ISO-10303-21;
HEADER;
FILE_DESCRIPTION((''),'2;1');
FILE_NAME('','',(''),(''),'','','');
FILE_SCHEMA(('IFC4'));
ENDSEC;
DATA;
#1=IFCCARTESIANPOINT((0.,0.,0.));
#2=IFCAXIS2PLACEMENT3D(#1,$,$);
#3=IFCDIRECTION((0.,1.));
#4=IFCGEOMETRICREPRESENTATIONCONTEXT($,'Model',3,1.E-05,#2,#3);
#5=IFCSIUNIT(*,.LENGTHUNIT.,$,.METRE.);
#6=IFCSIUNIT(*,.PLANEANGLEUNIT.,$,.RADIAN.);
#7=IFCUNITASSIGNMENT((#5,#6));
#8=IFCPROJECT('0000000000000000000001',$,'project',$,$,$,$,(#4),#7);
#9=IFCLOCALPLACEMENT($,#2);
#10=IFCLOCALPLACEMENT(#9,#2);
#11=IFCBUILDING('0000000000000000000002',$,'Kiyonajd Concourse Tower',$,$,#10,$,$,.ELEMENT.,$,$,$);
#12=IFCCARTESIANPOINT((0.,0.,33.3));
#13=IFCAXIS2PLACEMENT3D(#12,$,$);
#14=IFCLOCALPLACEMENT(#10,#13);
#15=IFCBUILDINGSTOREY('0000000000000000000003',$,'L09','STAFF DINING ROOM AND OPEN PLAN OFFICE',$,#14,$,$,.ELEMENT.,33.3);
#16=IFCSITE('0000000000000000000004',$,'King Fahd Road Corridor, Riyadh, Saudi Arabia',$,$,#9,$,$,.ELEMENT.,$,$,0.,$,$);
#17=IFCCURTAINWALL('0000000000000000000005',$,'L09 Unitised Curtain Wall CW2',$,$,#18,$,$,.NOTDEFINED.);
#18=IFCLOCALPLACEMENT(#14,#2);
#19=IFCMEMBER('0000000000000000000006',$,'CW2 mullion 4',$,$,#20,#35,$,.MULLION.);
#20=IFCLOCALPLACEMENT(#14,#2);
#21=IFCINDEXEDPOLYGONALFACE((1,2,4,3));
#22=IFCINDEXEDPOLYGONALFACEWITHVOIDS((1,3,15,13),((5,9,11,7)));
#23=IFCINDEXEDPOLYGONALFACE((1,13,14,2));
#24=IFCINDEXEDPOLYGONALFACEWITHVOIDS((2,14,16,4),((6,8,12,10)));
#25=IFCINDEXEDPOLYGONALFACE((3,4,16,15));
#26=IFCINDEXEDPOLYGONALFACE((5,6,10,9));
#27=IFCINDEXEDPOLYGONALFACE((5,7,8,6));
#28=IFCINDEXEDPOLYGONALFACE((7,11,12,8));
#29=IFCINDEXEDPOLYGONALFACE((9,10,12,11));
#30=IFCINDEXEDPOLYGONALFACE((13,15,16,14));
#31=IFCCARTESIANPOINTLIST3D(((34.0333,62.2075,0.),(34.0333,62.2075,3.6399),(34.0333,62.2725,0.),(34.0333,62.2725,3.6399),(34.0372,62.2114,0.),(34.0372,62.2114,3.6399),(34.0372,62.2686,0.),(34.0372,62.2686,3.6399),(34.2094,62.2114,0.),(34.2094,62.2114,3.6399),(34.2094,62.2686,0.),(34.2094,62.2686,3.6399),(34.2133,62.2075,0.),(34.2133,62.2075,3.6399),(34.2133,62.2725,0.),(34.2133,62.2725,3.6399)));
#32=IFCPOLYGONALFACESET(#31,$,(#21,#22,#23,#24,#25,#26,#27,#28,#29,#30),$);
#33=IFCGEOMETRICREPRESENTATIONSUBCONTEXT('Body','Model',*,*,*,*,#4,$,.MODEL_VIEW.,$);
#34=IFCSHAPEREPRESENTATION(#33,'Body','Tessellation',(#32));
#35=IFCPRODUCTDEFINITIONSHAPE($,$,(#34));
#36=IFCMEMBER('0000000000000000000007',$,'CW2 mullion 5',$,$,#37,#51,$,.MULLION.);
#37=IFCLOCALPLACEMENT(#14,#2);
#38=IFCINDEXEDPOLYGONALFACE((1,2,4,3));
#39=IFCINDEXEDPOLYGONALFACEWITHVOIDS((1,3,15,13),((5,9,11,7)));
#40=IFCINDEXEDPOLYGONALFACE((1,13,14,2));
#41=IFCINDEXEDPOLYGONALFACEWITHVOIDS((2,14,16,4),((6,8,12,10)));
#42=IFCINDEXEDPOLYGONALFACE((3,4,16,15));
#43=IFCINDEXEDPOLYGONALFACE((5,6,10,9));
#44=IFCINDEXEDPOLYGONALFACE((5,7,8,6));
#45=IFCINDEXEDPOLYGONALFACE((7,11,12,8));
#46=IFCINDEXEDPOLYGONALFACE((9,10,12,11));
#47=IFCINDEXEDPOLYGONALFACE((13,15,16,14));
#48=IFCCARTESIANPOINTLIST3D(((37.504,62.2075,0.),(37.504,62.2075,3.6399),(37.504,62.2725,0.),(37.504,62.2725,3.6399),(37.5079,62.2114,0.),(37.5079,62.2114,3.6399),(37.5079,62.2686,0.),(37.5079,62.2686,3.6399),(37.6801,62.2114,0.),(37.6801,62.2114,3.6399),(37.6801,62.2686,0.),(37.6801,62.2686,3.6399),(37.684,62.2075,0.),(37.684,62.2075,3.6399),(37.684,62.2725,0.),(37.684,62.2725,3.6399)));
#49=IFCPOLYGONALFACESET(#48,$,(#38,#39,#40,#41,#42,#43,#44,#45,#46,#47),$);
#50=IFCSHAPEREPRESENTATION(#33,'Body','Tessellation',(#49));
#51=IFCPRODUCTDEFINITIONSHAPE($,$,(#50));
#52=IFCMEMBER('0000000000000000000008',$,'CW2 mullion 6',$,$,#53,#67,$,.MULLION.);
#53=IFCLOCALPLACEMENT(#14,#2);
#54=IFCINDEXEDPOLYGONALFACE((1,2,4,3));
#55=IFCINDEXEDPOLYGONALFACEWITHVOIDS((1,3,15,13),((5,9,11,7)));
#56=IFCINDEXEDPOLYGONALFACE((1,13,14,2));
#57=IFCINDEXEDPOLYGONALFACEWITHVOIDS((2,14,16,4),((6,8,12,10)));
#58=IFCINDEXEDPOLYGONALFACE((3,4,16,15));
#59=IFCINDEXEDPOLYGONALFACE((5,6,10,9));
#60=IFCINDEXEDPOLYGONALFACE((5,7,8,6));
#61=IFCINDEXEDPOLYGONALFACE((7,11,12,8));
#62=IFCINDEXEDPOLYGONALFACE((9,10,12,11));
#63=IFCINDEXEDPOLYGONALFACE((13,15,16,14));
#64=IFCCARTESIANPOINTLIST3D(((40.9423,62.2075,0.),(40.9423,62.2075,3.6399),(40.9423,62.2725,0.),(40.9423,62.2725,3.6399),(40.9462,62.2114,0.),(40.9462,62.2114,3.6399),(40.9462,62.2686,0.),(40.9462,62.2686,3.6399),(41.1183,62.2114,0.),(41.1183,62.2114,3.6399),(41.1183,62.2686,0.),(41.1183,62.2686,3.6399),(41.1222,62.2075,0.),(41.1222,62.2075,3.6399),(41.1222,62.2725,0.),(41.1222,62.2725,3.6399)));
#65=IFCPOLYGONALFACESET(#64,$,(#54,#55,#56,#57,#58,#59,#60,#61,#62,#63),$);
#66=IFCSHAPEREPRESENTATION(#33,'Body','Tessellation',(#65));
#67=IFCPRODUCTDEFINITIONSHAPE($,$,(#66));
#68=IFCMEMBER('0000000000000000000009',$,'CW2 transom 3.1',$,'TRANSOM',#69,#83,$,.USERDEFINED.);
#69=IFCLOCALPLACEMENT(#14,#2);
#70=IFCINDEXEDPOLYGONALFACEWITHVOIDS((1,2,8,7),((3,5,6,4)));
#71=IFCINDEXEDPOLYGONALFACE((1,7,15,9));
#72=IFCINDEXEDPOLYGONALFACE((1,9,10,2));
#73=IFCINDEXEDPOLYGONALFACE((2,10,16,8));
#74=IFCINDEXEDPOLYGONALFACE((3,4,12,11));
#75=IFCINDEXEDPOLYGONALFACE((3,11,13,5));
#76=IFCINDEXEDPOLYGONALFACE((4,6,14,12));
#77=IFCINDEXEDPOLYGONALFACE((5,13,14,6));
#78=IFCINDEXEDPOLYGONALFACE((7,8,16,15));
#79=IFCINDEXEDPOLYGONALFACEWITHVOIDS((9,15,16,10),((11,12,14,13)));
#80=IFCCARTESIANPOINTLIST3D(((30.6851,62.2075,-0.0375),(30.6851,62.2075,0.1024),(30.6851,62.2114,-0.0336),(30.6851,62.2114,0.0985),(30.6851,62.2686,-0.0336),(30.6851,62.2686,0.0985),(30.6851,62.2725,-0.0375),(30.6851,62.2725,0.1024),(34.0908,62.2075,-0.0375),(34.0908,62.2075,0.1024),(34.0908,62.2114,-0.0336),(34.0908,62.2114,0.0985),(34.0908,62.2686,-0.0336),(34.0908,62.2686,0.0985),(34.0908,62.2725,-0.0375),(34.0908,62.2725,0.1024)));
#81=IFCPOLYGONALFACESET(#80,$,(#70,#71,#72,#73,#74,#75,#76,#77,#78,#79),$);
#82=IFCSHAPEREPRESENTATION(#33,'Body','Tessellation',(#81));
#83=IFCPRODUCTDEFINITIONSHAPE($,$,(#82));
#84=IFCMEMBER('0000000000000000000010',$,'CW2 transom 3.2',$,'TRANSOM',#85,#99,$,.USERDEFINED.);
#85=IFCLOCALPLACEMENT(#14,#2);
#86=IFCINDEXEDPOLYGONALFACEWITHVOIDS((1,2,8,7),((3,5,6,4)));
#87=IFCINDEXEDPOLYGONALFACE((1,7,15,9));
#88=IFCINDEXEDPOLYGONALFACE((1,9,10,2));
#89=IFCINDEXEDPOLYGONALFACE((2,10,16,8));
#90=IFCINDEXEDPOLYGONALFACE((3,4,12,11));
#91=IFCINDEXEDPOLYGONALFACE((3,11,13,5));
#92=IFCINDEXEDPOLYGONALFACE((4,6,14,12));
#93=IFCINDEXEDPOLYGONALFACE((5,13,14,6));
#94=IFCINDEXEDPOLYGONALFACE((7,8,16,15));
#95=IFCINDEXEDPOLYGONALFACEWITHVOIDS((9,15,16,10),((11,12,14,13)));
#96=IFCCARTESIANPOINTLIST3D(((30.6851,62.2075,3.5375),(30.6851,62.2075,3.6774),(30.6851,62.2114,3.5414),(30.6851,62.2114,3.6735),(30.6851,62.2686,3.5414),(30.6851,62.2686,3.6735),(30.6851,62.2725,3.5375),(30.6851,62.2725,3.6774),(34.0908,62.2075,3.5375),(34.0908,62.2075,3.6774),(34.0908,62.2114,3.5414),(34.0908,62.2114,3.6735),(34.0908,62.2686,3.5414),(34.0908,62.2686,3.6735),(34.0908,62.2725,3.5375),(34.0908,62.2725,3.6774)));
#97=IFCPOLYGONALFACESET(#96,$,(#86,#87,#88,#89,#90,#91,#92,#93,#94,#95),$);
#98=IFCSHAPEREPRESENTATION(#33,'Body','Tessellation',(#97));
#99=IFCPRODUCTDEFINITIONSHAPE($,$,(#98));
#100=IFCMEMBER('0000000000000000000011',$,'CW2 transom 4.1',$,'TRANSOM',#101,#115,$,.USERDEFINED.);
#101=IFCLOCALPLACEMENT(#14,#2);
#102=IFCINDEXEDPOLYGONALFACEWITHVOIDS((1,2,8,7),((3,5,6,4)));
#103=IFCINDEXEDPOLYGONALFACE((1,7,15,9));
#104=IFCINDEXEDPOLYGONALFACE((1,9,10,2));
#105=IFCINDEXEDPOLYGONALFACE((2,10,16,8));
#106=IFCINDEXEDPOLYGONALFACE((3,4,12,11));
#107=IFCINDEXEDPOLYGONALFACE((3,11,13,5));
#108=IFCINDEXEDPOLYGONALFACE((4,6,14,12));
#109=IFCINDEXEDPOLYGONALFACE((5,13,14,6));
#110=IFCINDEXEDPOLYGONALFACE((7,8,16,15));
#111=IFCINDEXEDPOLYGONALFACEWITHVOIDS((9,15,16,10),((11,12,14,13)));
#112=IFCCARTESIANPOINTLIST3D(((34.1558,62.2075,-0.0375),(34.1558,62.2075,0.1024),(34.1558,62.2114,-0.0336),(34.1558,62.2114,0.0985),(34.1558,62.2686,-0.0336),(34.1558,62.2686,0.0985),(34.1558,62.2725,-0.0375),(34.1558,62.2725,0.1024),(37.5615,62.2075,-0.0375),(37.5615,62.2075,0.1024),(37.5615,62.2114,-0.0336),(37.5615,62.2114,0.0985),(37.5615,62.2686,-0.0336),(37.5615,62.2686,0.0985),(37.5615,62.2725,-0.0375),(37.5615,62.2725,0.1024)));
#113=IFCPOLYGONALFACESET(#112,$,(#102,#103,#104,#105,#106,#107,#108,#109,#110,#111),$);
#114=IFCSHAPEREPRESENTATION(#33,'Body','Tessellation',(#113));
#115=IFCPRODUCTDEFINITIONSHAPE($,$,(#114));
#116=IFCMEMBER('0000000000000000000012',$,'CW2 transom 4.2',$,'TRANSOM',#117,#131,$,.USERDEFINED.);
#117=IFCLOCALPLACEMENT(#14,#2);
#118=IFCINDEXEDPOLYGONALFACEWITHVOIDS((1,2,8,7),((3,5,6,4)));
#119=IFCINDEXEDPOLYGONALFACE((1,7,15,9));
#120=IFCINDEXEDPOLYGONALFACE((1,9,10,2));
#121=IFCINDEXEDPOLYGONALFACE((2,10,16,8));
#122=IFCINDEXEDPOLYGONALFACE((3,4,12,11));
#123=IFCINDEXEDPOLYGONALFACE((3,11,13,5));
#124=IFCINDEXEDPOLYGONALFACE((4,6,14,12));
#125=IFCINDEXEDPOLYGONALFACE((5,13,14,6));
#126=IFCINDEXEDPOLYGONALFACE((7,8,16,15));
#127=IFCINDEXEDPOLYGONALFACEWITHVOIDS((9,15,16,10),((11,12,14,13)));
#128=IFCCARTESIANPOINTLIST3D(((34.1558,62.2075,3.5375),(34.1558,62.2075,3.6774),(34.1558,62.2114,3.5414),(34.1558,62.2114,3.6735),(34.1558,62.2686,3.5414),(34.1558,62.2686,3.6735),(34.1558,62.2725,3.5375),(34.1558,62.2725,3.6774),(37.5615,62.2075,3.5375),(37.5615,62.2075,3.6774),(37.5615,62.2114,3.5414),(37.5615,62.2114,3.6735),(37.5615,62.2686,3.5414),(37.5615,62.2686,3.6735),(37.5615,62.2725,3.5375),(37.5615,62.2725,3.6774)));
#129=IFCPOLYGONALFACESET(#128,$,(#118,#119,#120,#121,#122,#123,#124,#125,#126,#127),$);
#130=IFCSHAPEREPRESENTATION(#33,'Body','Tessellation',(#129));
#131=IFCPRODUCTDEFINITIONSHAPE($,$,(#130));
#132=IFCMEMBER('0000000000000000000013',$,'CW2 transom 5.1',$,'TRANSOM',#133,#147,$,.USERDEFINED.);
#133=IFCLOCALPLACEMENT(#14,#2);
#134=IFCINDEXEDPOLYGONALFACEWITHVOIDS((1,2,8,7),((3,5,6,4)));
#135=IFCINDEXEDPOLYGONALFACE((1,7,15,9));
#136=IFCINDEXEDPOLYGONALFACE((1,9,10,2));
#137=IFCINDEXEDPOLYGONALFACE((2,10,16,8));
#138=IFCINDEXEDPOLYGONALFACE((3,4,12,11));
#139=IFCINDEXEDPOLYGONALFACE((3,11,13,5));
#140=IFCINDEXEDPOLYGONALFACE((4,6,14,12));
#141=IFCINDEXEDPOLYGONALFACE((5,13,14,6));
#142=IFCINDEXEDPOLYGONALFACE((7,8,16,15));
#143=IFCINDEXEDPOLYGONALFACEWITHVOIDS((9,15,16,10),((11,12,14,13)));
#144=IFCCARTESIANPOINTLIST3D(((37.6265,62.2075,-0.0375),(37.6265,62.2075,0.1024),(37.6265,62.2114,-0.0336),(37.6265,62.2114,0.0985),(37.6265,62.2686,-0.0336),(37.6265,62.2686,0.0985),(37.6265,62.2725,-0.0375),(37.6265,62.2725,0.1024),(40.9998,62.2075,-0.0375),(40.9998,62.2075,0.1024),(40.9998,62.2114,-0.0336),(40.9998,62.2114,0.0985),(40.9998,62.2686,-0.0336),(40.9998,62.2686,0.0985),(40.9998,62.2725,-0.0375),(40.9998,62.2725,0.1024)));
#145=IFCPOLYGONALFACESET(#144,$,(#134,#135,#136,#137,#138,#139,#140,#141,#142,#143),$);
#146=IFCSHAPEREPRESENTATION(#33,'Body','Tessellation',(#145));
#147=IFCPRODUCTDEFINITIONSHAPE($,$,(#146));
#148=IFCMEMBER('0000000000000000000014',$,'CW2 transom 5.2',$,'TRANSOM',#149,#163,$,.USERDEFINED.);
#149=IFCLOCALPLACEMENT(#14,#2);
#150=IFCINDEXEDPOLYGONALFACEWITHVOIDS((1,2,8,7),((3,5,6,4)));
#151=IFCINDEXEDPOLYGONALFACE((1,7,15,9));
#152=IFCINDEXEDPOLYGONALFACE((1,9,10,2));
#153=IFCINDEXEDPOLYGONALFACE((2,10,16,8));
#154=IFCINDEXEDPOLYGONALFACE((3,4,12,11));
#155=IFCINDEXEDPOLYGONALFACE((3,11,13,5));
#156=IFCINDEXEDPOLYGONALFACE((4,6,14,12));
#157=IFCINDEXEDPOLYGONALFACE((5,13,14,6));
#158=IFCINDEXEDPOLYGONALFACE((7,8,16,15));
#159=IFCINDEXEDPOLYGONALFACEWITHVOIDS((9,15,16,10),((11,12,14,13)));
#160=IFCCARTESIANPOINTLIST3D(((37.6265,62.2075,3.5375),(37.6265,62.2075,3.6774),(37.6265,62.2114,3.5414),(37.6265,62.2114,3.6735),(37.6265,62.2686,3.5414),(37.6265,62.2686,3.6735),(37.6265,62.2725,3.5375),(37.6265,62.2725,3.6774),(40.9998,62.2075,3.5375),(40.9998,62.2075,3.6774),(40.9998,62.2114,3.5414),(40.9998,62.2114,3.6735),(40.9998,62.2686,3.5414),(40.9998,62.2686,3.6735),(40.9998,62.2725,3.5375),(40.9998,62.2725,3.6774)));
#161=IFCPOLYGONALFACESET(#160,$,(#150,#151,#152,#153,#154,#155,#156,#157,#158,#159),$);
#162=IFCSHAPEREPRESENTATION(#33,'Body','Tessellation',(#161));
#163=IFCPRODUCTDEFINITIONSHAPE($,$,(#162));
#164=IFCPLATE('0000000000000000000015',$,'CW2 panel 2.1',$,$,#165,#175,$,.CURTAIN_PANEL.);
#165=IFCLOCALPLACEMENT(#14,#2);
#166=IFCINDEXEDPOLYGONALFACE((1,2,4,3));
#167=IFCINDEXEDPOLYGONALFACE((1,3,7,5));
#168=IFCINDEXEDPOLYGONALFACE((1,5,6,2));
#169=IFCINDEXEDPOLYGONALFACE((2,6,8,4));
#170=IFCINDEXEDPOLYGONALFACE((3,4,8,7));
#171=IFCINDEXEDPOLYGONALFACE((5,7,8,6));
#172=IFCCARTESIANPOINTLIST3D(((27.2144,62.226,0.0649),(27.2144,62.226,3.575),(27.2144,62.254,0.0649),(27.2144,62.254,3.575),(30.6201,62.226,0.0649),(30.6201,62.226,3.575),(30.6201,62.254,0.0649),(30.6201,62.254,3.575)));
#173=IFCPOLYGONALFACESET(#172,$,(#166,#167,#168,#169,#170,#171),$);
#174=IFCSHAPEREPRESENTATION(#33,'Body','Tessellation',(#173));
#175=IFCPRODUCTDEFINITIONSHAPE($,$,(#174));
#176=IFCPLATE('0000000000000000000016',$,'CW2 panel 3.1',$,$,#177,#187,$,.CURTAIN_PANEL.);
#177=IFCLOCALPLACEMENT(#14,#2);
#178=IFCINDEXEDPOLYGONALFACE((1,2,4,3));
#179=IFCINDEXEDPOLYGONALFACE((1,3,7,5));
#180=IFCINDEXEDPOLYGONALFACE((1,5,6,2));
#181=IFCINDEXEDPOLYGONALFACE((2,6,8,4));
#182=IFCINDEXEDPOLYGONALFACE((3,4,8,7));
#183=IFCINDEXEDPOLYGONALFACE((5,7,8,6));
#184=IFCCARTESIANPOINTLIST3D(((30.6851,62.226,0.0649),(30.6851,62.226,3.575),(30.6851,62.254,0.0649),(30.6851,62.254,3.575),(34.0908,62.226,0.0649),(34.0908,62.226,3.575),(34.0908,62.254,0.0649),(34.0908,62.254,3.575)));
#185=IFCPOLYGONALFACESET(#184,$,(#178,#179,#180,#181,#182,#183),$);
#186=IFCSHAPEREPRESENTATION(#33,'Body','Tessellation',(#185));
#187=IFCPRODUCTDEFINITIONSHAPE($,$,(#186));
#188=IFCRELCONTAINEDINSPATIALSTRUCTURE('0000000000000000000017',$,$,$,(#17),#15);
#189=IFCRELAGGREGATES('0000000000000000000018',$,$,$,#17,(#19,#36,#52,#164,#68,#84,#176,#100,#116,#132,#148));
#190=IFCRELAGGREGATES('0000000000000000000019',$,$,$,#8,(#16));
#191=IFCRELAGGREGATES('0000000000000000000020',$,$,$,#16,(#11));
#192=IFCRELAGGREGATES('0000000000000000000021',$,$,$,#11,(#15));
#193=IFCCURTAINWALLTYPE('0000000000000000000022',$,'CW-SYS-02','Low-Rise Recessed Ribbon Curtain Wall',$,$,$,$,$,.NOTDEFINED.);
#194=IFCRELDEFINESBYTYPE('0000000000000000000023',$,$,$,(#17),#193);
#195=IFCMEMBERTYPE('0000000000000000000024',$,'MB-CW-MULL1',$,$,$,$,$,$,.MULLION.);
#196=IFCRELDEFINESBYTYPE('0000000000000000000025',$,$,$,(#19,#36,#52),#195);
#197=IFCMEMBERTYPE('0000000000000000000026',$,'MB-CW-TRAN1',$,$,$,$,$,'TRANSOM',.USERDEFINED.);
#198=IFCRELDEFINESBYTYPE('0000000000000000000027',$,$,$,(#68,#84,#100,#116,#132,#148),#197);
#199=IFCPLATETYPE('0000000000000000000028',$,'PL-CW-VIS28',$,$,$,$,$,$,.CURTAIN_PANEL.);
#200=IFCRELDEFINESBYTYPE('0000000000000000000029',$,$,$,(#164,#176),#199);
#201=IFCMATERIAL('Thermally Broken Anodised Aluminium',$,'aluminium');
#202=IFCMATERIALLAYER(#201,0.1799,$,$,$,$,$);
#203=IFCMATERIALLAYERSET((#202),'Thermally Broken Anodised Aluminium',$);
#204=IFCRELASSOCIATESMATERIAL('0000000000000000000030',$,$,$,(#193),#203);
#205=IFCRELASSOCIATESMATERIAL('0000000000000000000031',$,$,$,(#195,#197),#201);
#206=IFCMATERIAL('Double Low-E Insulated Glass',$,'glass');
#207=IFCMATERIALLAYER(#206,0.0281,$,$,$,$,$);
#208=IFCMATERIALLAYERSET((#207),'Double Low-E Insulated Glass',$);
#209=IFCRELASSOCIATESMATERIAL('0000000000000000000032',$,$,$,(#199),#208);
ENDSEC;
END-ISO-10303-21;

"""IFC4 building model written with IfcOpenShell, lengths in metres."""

from ifc_helpers import new_model, si_unit, direction, frame, origin, origin_2d, place, context, subcontext, project, spatial, rectangle, hollow_rectangle, extrude, material, layer, layer_set, material_profile, profile_set, type_object, element, aggregate, save


model = new_model("IFC4")

# Units and contexts
model_context = context("Model", 3, precision=1e-05, world=origin(), true_north=direction((0.0, 1.0)))
body_context = subcontext(model_context, "Body", "Model", "MODEL_VIEW")
ifc_project = project(units=[si_unit("LENGTHUNIT", "METRE"), si_unit("PLANEANGLEUNIT", "RADIAN")], contexts=[model_context])

# Site, building, storey
site_placement = place(None, origin())
site = spatial("IfcSite", under=ifc_project, at=site_placement, Name="King Fahd Road Corridor, Riyadh, Saudi Arabia", CompositionType="ELEMENT", RefElevation=0.0)
building_placement = place(site_placement, origin())
building = spatial("IfcBuilding", under=site, at=building_placement, Name="Kiyonajd Concourse Tower", CompositionType="ELEMENT")
storey_placement = place(building_placement, frame((0.0, 0.0, 33.3)))
storey = spatial("IfcBuildingStorey", under=building, at=storey_placement, Name="L09", Description="STAFF DINING ROOM AND OPEN PLAN OFFICE", CompositionType="ELEMENT", Elevation=33.3)

# Curtain wall, members, plates
ifc_material_1 = material(Name="Thermally Broken Anodised Aluminium", Category="aluminium")
ifc_layer_1 = layer(ifc_material_1, 0.1799)
ifc_layer_set_1 = layer_set([ifc_layer_1], Name="Thermally Broken Anodised Aluminium")
curtain_wall_type = type_object("IfcCurtainWallType", Name="CW-SYS-02", Description="Low-Rise Recessed Ribbon Curtain Wall", PredefinedType="NOTDEFINED", material=ifc_layer_set_1)
curtain_wall_placement = place(storey_placement, origin())
curtain_wall = element("IfcCurtainWall", 1, at=curtain_wall_placement, inside=storey, type_object=curtain_wall_type, Name="L09 Unitised Curtain Wall CW2", PredefinedType="NOTDEFINED")
ifc_material_profile_1 = material_profile(ifc_material_1, hollow_rectangle(XDim=0.0649, YDim=0.1799, WallThickness=0.0039, at=origin_2d()), Name="MULL-65x180")
ifc_profile_set_1 = profile_set([ifc_material_profile_1], Name="Thermally Broken Anodised Aluminium")
member_type_1 = type_object("IfcMemberType", Name="MB-CW-MULL1", PredefinedType="MULLION", material=ifc_profile_set_1)
member_1_placement = place(storey_placement, frame((34.1233, 62.24, 0.0), z_axis=(0.0, 0.0, 1.0), x_axis=(0.0, 1.0, 0.0)))
member_1 = element("IfcMember", 2, at=member_1_placement, type_object=member_type_1, Name="CW2 mullion 4", PredefinedType="MULLION", context=body_context, shape_type="SweptSolid", body=[
    extrude(hollow_rectangle(XDim=0.0649, YDim=0.1799, WallThickness=0.0039, at=origin_2d()), origin(), (0.0, 0.0, 1.0), 3.6399),
])
member_2_placement = place(storey_placement, frame((37.594, 62.24, 0.0), z_axis=(0.0, 0.0, 1.0), x_axis=(0.0, 1.0, 0.0)))
member_2 = element("IfcMember", 3, at=member_2_placement, type_object=member_type_1, Name="CW2 mullion 5", PredefinedType="MULLION", context=body_context, shape_type="SweptSolid", body=[
    extrude(hollow_rectangle(XDim=0.0649, YDim=0.1799, WallThickness=0.0039, at=origin_2d()), origin(), (0.0, 0.0, 1.0), 3.6399),
])
member_3_placement = place(storey_placement, frame((41.0322, 62.24, 0.0), z_axis=(0.0, 0.0, 1.0), x_axis=(0.0, 1.0, 0.0)))
member_3 = element("IfcMember", 4, at=member_3_placement, type_object=member_type_1, Name="CW2 mullion 6", PredefinedType="MULLION", context=body_context, shape_type="SweptSolid", body=[
    extrude(hollow_rectangle(XDim=0.0649, YDim=0.1799, WallThickness=0.0039, at=origin_2d()), origin(), (0.0, 0.0, 1.0), 3.6399),
])
ifc_material_profile_2 = material_profile(ifc_material_1, hollow_rectangle(XDim=0.0649, YDim=0.1399, WallThickness=0.0039, at=origin_2d()), Name="TRAN-65x140")
ifc_profile_set_2 = profile_set([ifc_material_profile_2], Name="Thermally Broken Anodised Aluminium")
member_type_2 = type_object("IfcMemberType", Name="MB-CW-TRAN1", ElementType="TRANSOM", PredefinedType="USERDEFINED", material=ifc_profile_set_2)
member_4_placement = place(storey_placement, frame((30.6851, 62.24, 0.0325), z_axis=(1.0, 0.0, 0.0), x_axis=(0.0, 1.0, 0.0)))
member_4 = element("IfcMember", 5, at=member_4_placement, type_object=member_type_2, Name="CW2 transom 3.1", ObjectType="TRANSOM", PredefinedType="USERDEFINED", context=body_context, shape_type="SweptSolid", body=[
    extrude(hollow_rectangle(XDim=0.0649, YDim=0.1399, WallThickness=0.0039, at=origin_2d()), origin(), (0.0, 0.0, 1.0), 3.4058),
])
member_5_placement = place(storey_placement, frame((30.6851, 62.24, 3.6074), z_axis=(1.0, 0.0, 0.0), x_axis=(0.0, 1.0, 0.0)))
member_5 = element("IfcMember", 6, at=member_5_placement, type_object=member_type_2, Name="CW2 transom 3.2", ObjectType="TRANSOM", PredefinedType="USERDEFINED", context=body_context, shape_type="SweptSolid", body=[
    extrude(hollow_rectangle(XDim=0.0649, YDim=0.1399, WallThickness=0.0039, at=origin_2d()), origin(), (0.0, 0.0, 1.0), 3.4058),
])
member_6_placement = place(storey_placement, frame((34.1558, 62.24, 0.0325), z_axis=(1.0, 0.0, 0.0), x_axis=(0.0, 1.0, 0.0)))
member_6 = element("IfcMember", 7, at=member_6_placement, type_object=member_type_2, Name="CW2 transom 4.1", ObjectType="TRANSOM", PredefinedType="USERDEFINED", context=body_context, shape_type="SweptSolid", body=[
    extrude(hollow_rectangle(XDim=0.0649, YDim=0.1399, WallThickness=0.0039, at=origin_2d()), origin(), (0.0, 0.0, 1.0), 3.4058),
])
member_7_placement = place(storey_placement, frame((34.1558, 62.24, 3.6074), z_axis=(1.0, 0.0, 0.0), x_axis=(0.0, 1.0, 0.0)))
member_7 = element("IfcMember", 8, at=member_7_placement, type_object=member_type_2, Name="CW2 transom 4.2", ObjectType="TRANSOM", PredefinedType="USERDEFINED", context=body_context, shape_type="SweptSolid", body=[
    extrude(hollow_rectangle(XDim=0.0649, YDim=0.1399, WallThickness=0.0039, at=origin_2d()), origin(), (0.0, 0.0, 1.0), 3.4058),
])
member_8_placement = place(storey_placement, frame((37.6265, 62.24, 0.0325), z_axis=(1.0, 0.0, 0.0), x_axis=(0.0, 1.0, 0.0)))
member_8 = element("IfcMember", 9, at=member_8_placement, type_object=member_type_2, Name="CW2 transom 5.1", ObjectType="TRANSOM", PredefinedType="USERDEFINED", context=body_context, shape_type="SweptSolid", body=[
    extrude(hollow_rectangle(XDim=0.0649, YDim=0.1399, WallThickness=0.0039, at=origin_2d()), origin(), (0.0, 0.0, 1.0), 3.3733),
])
member_9_placement = place(storey_placement, frame((37.6265, 62.24, 3.6074), z_axis=(1.0, 0.0, 0.0), x_axis=(0.0, 1.0, 0.0)))
member_9 = element("IfcMember", 10, at=member_9_placement, type_object=member_type_2, Name="CW2 transom 5.2", ObjectType="TRANSOM", PredefinedType="USERDEFINED", context=body_context, shape_type="SweptSolid", body=[
    extrude(hollow_rectangle(XDim=0.0649, YDim=0.1399, WallThickness=0.0039, at=origin_2d()), origin(), (0.0, 0.0, 1.0), 3.3733),
])
ifc_material_2 = material(Name="Double Low-E Insulated Glass", Category="glass")
ifc_layer_2 = layer(ifc_material_2, 0.0281)
ifc_layer_set_2 = layer_set([ifc_layer_2], Name="Double Low-E Insulated Glass")
plate_type_1 = type_object("IfcPlateType", Name="PL-CW-VIS28", PredefinedType="CURTAIN_PANEL", material=ifc_layer_set_2)
plate_1_placement = place(storey_placement, frame((28.9172, 62.24, 0.0649), z_axis=(0.0, 0.0, 1.0), x_axis=(1.0, 0.0, 0.0)))
plate_1 = element("IfcPlate", 11, at=plate_1_placement, type_object=plate_type_1, Name="CW2 panel 2.1", PredefinedType="CURTAIN_PANEL", context=body_context, shape_type="SweptSolid", body=[
    extrude(rectangle(XDim=3.4058, YDim=0.0281, at=origin_2d()), origin(), (0.0, 0.0, 1.0), 3.51),
])
plate_2_placement = place(storey_placement, frame((32.3879, 62.24, 0.0649), z_axis=(0.0, 0.0, 1.0), x_axis=(1.0, 0.0, 0.0)))
plate_2 = element("IfcPlate", 12, at=plate_2_placement, type_object=plate_type_1, Name="CW2 panel 3.1", PredefinedType="CURTAIN_PANEL", context=body_context, shape_type="SweptSolid", body=[
    extrude(rectangle(XDim=3.4058, YDim=0.0281, at=origin_2d()), origin(), (0.0, 0.0, 1.0), 3.51),
])
aggregate(curtain_wall, [member_1, member_2, member_3, plate_1, member_4, member_5, plate_2, member_6, member_7, member_8, member_9])

save(model, "model.ifc")
